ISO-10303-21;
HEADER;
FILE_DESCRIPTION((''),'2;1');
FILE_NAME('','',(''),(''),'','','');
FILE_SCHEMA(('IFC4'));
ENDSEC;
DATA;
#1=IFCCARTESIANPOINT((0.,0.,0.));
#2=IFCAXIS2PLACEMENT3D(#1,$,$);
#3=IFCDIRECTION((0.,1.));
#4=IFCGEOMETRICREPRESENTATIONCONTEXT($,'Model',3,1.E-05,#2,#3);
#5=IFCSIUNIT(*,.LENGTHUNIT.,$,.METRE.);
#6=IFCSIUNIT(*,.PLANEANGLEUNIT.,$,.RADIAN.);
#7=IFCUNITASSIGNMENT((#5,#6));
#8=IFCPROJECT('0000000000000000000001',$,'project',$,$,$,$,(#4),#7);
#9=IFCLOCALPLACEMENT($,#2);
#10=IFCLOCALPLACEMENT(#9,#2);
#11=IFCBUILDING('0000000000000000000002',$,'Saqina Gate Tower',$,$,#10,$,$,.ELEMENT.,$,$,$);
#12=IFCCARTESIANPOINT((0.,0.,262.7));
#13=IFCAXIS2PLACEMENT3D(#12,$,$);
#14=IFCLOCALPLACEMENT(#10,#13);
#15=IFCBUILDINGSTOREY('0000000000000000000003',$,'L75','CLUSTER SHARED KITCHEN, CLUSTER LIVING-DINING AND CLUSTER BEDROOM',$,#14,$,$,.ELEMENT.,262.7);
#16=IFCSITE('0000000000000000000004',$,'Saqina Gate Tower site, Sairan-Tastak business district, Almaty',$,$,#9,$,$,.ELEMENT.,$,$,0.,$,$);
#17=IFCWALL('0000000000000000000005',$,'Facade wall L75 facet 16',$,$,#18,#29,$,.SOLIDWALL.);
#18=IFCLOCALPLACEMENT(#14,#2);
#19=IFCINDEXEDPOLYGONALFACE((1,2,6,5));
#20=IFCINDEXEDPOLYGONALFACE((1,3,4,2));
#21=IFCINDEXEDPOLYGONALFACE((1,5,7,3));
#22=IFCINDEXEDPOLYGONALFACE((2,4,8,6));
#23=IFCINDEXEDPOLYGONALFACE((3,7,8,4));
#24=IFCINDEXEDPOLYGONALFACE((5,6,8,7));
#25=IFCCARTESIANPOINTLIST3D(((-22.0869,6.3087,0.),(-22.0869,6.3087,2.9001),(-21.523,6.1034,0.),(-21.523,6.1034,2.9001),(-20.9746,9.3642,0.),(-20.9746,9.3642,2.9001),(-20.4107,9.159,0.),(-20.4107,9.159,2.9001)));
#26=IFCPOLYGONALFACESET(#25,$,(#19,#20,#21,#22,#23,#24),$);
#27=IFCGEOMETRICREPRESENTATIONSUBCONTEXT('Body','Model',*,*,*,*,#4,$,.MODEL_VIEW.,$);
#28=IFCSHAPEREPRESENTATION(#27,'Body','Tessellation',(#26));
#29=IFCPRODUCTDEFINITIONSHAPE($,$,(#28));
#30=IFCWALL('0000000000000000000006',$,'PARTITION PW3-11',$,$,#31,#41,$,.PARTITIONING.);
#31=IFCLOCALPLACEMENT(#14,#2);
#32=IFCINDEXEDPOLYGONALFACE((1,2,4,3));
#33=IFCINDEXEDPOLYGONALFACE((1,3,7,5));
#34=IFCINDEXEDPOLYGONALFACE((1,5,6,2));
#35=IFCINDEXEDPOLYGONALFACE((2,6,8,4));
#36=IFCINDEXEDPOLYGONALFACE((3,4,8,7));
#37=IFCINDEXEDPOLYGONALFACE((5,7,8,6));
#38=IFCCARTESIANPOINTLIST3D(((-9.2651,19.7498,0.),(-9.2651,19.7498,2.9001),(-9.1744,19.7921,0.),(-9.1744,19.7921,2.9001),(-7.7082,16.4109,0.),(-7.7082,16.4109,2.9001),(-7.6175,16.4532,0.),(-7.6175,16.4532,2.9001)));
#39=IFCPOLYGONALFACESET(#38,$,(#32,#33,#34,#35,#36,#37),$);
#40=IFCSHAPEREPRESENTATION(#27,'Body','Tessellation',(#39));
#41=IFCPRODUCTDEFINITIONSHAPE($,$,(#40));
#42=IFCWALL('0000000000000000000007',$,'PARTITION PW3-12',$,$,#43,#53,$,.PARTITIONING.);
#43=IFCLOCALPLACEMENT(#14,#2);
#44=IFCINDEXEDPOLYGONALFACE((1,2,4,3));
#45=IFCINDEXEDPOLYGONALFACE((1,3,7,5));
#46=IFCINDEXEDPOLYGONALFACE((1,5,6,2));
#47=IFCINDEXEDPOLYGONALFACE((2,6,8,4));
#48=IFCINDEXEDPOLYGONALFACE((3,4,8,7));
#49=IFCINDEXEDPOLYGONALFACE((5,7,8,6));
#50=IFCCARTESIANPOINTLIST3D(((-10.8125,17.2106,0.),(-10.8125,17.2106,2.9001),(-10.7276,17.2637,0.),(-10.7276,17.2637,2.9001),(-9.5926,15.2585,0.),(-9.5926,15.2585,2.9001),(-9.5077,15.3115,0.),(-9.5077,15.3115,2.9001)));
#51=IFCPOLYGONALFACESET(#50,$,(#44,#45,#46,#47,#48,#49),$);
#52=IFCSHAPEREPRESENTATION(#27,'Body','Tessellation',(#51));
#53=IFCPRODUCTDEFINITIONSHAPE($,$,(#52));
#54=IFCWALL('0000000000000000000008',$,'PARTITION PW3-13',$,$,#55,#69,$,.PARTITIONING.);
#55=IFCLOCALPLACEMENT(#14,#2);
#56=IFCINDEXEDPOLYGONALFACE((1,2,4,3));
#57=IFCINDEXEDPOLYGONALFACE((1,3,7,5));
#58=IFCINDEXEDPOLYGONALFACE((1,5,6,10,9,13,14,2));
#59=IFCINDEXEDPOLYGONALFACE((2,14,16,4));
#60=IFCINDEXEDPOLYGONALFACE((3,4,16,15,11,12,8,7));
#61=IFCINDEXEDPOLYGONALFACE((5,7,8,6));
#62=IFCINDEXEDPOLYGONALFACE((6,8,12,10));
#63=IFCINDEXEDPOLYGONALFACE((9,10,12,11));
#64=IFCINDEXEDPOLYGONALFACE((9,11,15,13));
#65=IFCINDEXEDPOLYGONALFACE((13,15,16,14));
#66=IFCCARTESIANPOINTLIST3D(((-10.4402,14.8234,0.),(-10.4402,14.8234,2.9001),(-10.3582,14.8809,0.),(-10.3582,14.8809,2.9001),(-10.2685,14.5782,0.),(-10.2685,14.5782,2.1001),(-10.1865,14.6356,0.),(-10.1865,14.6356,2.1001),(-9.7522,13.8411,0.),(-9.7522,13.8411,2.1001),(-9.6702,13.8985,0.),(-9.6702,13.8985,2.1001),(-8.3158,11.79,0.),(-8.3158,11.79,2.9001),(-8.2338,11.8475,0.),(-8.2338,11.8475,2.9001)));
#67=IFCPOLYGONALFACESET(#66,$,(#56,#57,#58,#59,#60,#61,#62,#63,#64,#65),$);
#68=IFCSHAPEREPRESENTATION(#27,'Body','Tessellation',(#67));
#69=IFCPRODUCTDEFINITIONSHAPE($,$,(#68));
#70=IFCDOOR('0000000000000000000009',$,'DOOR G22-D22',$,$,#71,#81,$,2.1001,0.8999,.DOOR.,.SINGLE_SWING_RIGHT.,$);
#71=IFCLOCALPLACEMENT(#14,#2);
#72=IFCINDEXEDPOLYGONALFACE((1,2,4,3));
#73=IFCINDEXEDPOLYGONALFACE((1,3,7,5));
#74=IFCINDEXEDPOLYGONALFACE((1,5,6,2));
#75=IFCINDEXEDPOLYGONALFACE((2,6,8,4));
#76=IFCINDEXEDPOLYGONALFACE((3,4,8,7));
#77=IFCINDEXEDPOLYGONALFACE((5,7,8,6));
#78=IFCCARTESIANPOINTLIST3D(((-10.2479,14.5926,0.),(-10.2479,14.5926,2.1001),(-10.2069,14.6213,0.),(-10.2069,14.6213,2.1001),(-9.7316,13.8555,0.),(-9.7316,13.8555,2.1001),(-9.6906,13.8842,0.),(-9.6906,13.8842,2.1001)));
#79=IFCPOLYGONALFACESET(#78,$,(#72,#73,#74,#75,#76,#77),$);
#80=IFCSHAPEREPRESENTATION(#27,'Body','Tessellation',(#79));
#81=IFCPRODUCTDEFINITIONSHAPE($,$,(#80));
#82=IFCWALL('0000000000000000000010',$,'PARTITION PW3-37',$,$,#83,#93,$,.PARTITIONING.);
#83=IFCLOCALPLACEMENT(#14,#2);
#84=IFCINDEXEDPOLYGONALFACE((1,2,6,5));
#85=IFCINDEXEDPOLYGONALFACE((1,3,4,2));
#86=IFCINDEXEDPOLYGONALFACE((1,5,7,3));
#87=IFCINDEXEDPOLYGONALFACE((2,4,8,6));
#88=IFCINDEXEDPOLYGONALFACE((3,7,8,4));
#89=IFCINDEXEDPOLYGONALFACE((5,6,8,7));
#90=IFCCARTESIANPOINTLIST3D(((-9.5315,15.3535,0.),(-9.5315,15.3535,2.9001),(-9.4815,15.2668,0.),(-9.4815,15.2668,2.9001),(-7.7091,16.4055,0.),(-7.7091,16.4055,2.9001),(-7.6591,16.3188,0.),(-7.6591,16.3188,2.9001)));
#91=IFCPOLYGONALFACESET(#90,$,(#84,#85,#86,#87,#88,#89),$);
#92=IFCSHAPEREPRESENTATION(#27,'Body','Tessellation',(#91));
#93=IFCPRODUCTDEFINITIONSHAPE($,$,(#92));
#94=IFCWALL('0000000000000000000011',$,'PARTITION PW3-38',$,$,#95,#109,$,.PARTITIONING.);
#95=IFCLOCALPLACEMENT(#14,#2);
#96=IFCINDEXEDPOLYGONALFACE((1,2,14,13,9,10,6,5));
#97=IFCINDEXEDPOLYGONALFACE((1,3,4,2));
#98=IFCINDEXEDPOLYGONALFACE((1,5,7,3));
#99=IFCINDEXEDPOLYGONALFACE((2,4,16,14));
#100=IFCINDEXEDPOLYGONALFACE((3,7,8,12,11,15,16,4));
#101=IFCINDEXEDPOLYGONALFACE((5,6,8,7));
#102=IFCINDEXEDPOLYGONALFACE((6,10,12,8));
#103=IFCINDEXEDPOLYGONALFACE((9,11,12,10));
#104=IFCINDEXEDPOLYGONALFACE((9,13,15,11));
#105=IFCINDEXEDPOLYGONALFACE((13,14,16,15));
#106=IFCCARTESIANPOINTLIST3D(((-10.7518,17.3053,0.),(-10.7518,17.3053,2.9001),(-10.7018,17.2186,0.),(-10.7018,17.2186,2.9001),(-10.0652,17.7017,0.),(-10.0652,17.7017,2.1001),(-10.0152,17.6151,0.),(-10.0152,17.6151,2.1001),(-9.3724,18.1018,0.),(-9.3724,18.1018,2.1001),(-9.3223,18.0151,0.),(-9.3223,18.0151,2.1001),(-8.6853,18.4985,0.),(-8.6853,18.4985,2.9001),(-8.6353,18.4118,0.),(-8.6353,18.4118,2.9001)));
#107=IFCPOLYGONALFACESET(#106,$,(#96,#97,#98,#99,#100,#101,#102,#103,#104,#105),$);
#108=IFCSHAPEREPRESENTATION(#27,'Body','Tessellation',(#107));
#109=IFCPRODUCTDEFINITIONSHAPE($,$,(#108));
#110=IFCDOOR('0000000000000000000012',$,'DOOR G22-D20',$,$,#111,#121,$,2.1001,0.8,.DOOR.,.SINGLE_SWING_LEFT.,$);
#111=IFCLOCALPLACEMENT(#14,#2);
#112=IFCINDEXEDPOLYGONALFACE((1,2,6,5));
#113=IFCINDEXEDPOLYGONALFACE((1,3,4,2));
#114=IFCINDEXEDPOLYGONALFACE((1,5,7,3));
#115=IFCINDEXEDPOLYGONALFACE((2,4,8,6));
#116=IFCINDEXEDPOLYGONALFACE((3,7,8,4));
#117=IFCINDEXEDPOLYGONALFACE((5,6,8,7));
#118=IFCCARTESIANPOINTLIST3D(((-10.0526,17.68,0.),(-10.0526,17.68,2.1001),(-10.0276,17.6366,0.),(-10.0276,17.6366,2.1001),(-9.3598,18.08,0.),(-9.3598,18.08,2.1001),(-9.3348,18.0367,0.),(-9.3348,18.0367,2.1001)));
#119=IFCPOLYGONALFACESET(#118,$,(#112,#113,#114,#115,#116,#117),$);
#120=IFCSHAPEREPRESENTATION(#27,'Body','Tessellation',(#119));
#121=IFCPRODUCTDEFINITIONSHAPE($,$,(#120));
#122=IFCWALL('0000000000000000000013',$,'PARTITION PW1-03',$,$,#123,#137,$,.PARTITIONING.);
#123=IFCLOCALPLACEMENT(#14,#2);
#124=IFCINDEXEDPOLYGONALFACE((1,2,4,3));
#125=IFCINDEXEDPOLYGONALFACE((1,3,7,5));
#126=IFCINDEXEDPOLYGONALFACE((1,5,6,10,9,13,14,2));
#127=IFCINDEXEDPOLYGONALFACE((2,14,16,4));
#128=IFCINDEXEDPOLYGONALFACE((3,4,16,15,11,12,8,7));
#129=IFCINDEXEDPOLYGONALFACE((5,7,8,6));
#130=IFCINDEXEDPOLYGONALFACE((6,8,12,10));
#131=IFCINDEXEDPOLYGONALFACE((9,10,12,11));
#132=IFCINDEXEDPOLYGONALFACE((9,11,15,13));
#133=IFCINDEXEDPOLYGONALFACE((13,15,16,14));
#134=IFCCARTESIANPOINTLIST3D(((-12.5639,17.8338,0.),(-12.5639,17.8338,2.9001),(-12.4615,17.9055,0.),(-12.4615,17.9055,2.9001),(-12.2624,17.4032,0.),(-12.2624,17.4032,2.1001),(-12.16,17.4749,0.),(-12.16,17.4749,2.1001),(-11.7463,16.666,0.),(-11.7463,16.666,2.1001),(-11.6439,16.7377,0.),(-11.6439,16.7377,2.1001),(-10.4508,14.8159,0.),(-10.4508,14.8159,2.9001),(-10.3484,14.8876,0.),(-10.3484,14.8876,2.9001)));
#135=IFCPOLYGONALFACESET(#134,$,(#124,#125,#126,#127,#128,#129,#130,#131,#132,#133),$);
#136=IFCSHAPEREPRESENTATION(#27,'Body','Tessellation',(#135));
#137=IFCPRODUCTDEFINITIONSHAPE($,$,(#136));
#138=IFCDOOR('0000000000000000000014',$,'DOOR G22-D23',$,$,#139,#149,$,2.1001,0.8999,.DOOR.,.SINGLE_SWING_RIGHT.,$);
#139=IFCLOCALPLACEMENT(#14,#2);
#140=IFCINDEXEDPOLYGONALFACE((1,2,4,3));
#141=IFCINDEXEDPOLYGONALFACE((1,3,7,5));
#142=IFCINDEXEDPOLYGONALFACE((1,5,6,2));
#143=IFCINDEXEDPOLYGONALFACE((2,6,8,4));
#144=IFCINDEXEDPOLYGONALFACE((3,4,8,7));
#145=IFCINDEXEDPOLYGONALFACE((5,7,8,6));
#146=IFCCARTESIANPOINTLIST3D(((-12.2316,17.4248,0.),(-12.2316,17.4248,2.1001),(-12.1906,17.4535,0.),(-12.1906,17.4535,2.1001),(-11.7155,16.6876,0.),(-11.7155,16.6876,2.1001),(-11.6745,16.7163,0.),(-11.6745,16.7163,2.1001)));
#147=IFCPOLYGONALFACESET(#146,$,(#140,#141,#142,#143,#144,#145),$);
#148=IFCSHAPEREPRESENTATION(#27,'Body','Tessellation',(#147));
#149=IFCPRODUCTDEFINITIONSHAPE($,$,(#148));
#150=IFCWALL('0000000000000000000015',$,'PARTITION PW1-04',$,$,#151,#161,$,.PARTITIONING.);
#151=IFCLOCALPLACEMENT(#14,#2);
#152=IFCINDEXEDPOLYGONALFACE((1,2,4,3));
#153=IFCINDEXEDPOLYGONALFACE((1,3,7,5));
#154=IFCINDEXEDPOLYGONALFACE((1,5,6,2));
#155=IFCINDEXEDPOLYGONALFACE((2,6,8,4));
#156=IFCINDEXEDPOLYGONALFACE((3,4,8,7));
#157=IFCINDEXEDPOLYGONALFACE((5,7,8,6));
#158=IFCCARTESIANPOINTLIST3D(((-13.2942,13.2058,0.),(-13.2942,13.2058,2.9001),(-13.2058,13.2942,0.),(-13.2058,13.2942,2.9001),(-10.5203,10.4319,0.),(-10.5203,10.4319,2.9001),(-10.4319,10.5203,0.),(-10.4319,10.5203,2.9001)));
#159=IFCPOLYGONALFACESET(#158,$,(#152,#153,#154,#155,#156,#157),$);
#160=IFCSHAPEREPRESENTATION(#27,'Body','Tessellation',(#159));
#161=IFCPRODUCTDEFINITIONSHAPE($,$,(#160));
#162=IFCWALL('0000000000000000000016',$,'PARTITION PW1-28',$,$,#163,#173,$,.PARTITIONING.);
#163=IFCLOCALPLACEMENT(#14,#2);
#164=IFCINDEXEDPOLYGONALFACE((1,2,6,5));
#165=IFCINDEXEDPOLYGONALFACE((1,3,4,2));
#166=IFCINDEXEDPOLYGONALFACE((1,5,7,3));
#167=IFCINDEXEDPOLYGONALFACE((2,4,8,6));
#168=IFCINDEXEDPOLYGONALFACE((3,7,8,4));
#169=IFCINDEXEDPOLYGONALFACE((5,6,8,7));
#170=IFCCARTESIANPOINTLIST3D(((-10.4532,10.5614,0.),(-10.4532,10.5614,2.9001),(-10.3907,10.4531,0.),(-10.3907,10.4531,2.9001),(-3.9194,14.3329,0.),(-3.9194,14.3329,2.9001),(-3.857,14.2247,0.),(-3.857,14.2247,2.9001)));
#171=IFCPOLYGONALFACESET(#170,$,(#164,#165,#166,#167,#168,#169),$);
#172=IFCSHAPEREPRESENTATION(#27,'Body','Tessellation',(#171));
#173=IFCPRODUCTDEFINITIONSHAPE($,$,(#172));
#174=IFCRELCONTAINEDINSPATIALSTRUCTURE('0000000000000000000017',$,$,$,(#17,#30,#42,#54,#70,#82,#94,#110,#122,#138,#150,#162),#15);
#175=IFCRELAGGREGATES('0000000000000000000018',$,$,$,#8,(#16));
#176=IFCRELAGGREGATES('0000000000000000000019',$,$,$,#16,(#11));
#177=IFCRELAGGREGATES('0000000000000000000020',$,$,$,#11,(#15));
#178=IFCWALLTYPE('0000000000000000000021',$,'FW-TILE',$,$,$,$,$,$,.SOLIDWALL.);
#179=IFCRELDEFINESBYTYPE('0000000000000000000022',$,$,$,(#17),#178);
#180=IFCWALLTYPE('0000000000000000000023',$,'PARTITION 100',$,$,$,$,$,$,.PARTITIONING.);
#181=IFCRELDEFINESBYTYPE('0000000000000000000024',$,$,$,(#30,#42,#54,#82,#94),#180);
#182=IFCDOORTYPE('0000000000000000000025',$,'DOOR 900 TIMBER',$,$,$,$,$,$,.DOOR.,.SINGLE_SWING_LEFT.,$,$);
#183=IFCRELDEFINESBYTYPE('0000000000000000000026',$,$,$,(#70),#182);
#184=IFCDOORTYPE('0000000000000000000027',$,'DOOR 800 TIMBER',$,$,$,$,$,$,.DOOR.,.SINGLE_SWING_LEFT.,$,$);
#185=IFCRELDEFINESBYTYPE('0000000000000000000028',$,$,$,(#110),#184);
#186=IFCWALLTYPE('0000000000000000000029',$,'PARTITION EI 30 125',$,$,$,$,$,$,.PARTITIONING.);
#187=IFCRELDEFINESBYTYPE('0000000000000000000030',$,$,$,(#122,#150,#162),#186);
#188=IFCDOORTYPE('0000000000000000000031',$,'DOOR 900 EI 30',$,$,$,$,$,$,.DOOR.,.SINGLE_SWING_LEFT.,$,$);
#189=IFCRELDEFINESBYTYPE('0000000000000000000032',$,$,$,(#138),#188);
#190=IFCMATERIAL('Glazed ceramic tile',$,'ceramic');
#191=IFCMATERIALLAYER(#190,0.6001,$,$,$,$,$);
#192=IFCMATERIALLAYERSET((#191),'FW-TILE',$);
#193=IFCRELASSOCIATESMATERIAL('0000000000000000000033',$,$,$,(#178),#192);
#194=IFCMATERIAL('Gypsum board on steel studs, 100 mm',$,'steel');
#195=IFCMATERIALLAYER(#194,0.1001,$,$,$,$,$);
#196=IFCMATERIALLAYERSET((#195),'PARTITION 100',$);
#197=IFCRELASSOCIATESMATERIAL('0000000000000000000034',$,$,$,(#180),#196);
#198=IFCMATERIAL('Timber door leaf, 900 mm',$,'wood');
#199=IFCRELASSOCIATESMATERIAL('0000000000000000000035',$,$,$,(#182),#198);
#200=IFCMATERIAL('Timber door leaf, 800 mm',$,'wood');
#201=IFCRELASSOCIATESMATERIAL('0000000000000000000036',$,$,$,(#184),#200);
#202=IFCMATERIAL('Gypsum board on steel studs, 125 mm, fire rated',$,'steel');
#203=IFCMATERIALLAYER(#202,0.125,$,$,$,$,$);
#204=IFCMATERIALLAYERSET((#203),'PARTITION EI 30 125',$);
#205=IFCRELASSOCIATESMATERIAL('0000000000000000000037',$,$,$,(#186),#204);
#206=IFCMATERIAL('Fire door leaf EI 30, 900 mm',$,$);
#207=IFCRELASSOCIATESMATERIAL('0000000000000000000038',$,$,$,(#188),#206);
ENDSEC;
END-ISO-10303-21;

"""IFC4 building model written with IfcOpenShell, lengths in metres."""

from ifc_helpers import new_model, si_unit, direction, frame, frame_2d, origin, place, context, subcontext, project, spatial, rectangle, extrude, material, layer, layer_set, type_object, element, fill, save


model = new_model("IFC4")

# Units and contexts
model_context = context("Model", 3, precision=1e-05, world=origin(), true_north=direction((0.0, 1.0)))
body_context = subcontext(model_context, "Body", "Model", "MODEL_VIEW")
ifc_project = project(units=[si_unit("LENGTHUNIT", "METRE"), si_unit("PLANEANGLEUNIT", "RADIAN")], contexts=[model_context])

# Site, building, storey
site_placement = place(None, origin())
site = spatial("IfcSite", under=ifc_project, at=site_placement, Name="Saqina Gate Tower site, Sairan-Tastak business district, Almaty", CompositionType="ELEMENT", RefElevation=0.0)
building_placement = place(site_placement, origin())
building = spatial("IfcBuilding", under=site, at=building_placement, Name="Saqina Gate Tower", CompositionType="ELEMENT")
storey_placement = place(building_placement, frame((0.0, 0.0, 262.7)))
storey = spatial("IfcBuildingStorey", under=building, at=storey_placement, Name="L75", Description="CLUSTER SHARED KITCHEN, CLUSTER LIVING-DINING AND CLUSTER BEDROOM", CompositionType="ELEMENT", Elevation=262.7)

# Walls
ifc_material_1 = material(Name="Glazed ceramic tile", Category="ceramic")
ifc_layer_1 = layer(ifc_material_1, 0.6001)
ifc_layer_set_1 = layer_set([ifc_layer_1], Name="FW-TILE")
wall_type_1 = type_object("IfcWallType", Name="FW-TILE", PredefinedType="SOLIDWALL", material=ifc_layer_set_1)
wall_1_placement = place(storey_placement, frame((-20.6926, 9.2617, 0.0), z_axis=(0.0, 0.0, 1.0), x_axis=(-0.342057, -0.939679, 0.0)))
element("IfcWall", 1, at=wall_1_placement, inside=storey, type_object=wall_type_1, Name="Facade wall L75 facet 16", PredefinedType="SOLIDWALL", context=body_context, shape_type="SweptSolid", body=[
    extrude(rectangle(XDim=3.2517, YDim=0.6001, at=frame_2d((1.626, 0.0))), origin(), (0.0, 0.0, 1.0), 2.9001),
])
ifc_material_2 = material(Name="Gypsum board on steel studs, 100 mm", Category="steel")
ifc_layer_2 = layer(ifc_material_2, 0.1001)
ifc_layer_set_2 = layer_set([ifc_layer_2], Name="PARTITION 100")
wall_type_2 = type_object("IfcWallType", Name="PARTITION 100", PredefinedType="PARTITIONING", material=ifc_layer_set_2)
wall_2_placement = place(storey_placement, frame((-9.2197, 19.771, 0.0), z_axis=(0.0, 0.0, 1.0), x_axis=(0.422606, -0.906313, 0.0)))
element("IfcWall", 2, at=wall_2_placement, inside=storey, type_object=wall_type_2, Name="PARTITION PW3-11", PredefinedType="PARTITIONING", context=body_context, shape_type="SweptSolid", body=[
    extrude(rectangle(XDim=3.6841, YDim=0.1001, at=frame_2d((1.842, 0.0))), origin(), (0.0, 0.0, 1.0), 2.9001),
])
wall_3_placement = place(storey_placement, frame((-10.77, 17.2371, 0.0), z_axis=(0.0, 0.0, 1.0), x_axis=(0.529961, -0.848022, 0.0)))
element("IfcWall", 3, at=wall_3_placement, inside=storey, type_object=wall_type_2, Name="PARTITION PW3-12", PredefinedType="PARTITIONING", context=body_context, shape_type="SweptSolid", body=[
    extrude(rectangle(XDim=2.302, YDim=0.1001, at=frame_2d((1.1509, 0.0))), origin(), (0.0, 0.0, 1.0), 2.9001),
])

# Wall, opening, door
wall_4_placement = place(storey_placement, frame((-10.3992, 14.8521, 0.0), z_axis=(0.0, 0.0, 1.0), x_axis=(0.573661, -0.819093, 0.0)))
wall_4 = element("IfcWall", 4, at=wall_4_placement, inside=storey, type_object=wall_type_2, Name="PARTITION PW3-13", PredefinedType="PARTITIONING", context=body_context, shape_type="SweptSolid", body=[
    extrude(rectangle(XDim=3.7034, YDim=0.1001, at=frame_2d((1.8516, 0.0))), origin(), (0.0, 0.0, 1.0), 2.9001),
])
opening_1_placement = place(wall_4_placement, frame((0.2993, 0.0, 0.0)))
opening_1 = element("IfcOpeningElement", 5, at=opening_1_placement, cuts=wall_4, PredefinedType="OPENING", context=body_context, shape_type="SweptSolid", body=[
    extrude(rectangle(XDim=0.8999, YDim=2.1001, at=frame_2d((0.45, 1.05))), frame((0.0, 0.062, 0.0), z_axis=(0.0, -1.0, 0.0), x_axis=(1.0, 0.0, 0.0)), (0.0, 0.0, 1.0), 0.124),
])
ifc_material_3 = material(Name="Timber door leaf, 900 mm", Category="wood")
door_type_1 = type_object("IfcDoorType", Name="DOOR 900 TIMBER", OperationType="SINGLE_SWING_LEFT", PredefinedType="DOOR", material=ifc_material_3)
door_1_placement = place(opening_1_placement, frame((0.8999, 0.0, 0.0), z_axis=(0.0, 0.0, 1.0), x_axis=(-1.0, 0.0, 0.0)))
door_1 = element("IfcDoor", 6, at=door_1_placement, inside=storey, type_object=door_type_1, Name="DOOR G22-D22", OperationType="SINGLE_SWING_RIGHT", OverallHeight=2.1001, OverallWidth=0.8999, PredefinedType="DOOR", context=body_context, shape_type="SweptSolid", body=[
    extrude(rectangle(XDim=0.8999, YDim=2.1001, at=frame_2d((0.45, 1.05))), frame((0.0, 0.0249, 0.0), z_axis=(0.0, -1.0, 0.0), x_axis=(1.0, 0.0, 0.0)), (0.0, 0.0, 1.0), 0.05),
])
fill(opening_1, door_1)

# Wall
wall_5_placement = place(storey_placement, frame((-9.5066, 15.3101, 0.0), z_axis=(0.0, 0.0, 1.0), x_axis=(0.866043, 0.49997, 0.0)))
element("IfcWall", 7, at=wall_5_placement, inside=storey, type_object=wall_type_2, Name="PARTITION PW3-37", PredefinedType="PARTITIONING", context=body_context, shape_type="SweptSolid", body=[
    extrude(rectangle(XDim=2.1042, YDim=0.1001, at=frame_2d((1.0522, 0.0))), origin(), (0.0, 0.0, 1.0), 2.9001),
])

# Walls, openings, doors
wall_6_placement = place(storey_placement, frame((-10.7268, 17.262, 0.0), z_axis=(0.0, 0.0, 1.0), x_axis=(0.866012, 0.500024, 0.0)))
wall_6 = element("IfcWall", 8, at=wall_6_placement, inside=storey, type_object=wall_type_2, Name="PARTITION PW3-38", PredefinedType="PARTITIONING", context=body_context, shape_type="SweptSolid", body=[
    extrude(rectangle(XDim=2.3862, YDim=0.1001, at=frame_2d((1.1931, 0.0))), origin(), (0.0, 0.0, 1.0), 2.9001),
])
opening_2_placement = place(wall_6_placement, frame((0.793, 0.0, 0.0)))
opening_2 = element("IfcOpeningElement", 9, at=opening_2_placement, cuts=wall_6, PredefinedType="OPENING", context=body_context, shape_type="SweptSolid", body=[
    extrude(rectangle(XDim=0.8, YDim=2.1001, at=frame_2d((0.3999, 1.05))), frame((0.0, 0.062, 0.0), z_axis=(0.0, -1.0, 0.0), x_axis=(1.0, 0.0, 0.0)), (0.0, 0.0, 1.0), 0.124),
])
ifc_material_4 = material(Name="Timber door leaf, 800 mm", Category="wood")
door_type_2 = type_object("IfcDoorType", Name="DOOR 800 TIMBER", OperationType="SINGLE_SWING_LEFT", PredefinedType="DOOR", material=ifc_material_4)
door_2_placement = place(opening_2_placement, origin())
door_2 = element("IfcDoor", 10, at=door_2_placement, inside=storey, type_object=door_type_2, Name="DOOR G22-D20", OperationType="SINGLE_SWING_LEFT", OverallHeight=2.1001, OverallWidth=0.8, PredefinedType="DOOR", context=body_context, shape_type="SweptSolid", body=[
    extrude(rectangle(XDim=0.8, YDim=2.1001, at=frame_2d((0.3999, 1.05))), frame((0.0, 0.0249, 0.0), z_axis=(0.0, -1.0, 0.0), x_axis=(1.0, 0.0, 0.0)), (0.0, 0.0, 1.0), 0.05),
])
fill(opening_2, door_2)
ifc_material_5 = material(Name="Gypsum board on steel studs, 125 mm, fire rated", Category="steel")
ifc_layer_3 = layer(ifc_material_5, 0.125)
ifc_layer_set_3 = layer_set([ifc_layer_3], Name="PARTITION EI 30 125")
wall_type_3 = type_object("IfcWallType", Name="PARTITION EI 30 125", PredefinedType="PARTITIONING", material=ifc_layer_set_3)
wall_7_placement = place(storey_placement, frame((-12.5127, 17.8696, 0.0), z_axis=(0.0, 0.0, 1.0), x_axis=(0.573565, -0.81916, 0.0)))
wall_7 = element("IfcWall", 11, at=wall_7_placement, inside=storey, type_object=wall_type_3, Name="PARTITION PW1-03", PredefinedType="PARTITIONING", context=body_context, shape_type="SweptSolid", body=[
    extrude(rectangle(XDim=3.6841, YDim=0.125, at=frame_2d((1.842, 0.0))), origin(), (0.0, 0.0, 1.0), 2.9001),
])
opening_3_placement = place(wall_7_placement, frame((0.5256, 0.0, 0.0)))
opening_3 = element("IfcOpeningElement", 12, at=opening_3_placement, cuts=wall_7, PredefinedType="OPENING", context=body_context, shape_type="SweptSolid", body=[
    extrude(rectangle(XDim=0.8999, YDim=2.1001, at=frame_2d((0.45, 1.05))), frame((0.0, 0.0745, 0.0), z_axis=(0.0, -1.0, 0.0), x_axis=(1.0, 0.0, 0.0)), (0.0, 0.0, 1.0), 0.1489),
])
ifc_material_6 = material(Name="Fire door leaf EI 30, 900 mm")
door_type_3 = type_object("IfcDoorType", Name="DOOR 900 EI 30", OperationType="SINGLE_SWING_LEFT", PredefinedType="DOOR", material=ifc_material_6)
door_3_placement = place(opening_3_placement, frame((0.8999, 0.0, 0.0), z_axis=(0.0, 0.0, 1.0), x_axis=(-1.0, 0.0, 0.0)))
door_3 = element("IfcDoor", 13, at=door_3_placement, inside=storey, type_object=door_type_3, Name="DOOR G22-D23", OperationType="SINGLE_SWING_RIGHT", OverallHeight=2.1001, OverallWidth=0.8999, PredefinedType="DOOR", context=body_context, shape_type="SweptSolid", body=[
    extrude(rectangle(XDim=0.8999, YDim=2.1001, at=frame_2d((0.45, 1.05))), frame((0.0, 0.0249, 0.0), z_axis=(0.0, -1.0, 0.0), x_axis=(1.0, 0.0, 0.0)), (0.0, 0.0, 1.0), 0.05),
])
fill(opening_3, door_3)

# Walls
wall_8_placement = place(storey_placement, frame((-13.25, 13.25, 0.0), z_axis=(0.0, 0.0, 1.0), x_axis=(0.707107, -0.707107, 0.0)))
element("IfcWall", 14, at=wall_8_placement, inside=storey, type_object=wall_type_3, Name="PARTITION PW1-04", PredefinedType="PARTITIONING", context=body_context, shape_type="SweptSolid", body=[
    extrude(rectangle(XDim=3.9229, YDim=0.125, at=frame_2d((1.9614, 0.0))), origin(), (0.0, 0.0, 1.0), 2.9001),
])
wall_9_placement = place(storey_placement, frame((-10.4219, 10.5073, 0.0), z_axis=(0.0, 0.0, 1.0), x_axis=(0.866068, 0.499926, 0.0)))
element("IfcWall", 15, at=wall_9_placement, inside=storey, type_object=wall_type_3, Name="PARTITION PW1-28", PredefinedType="PARTITIONING", context=body_context, shape_type="SweptSolid", body=[
    extrude(rectangle(XDim=7.5442, YDim=0.125, at=frame_2d((3.772, 0.0))), origin(), (0.0, 0.0, 1.0), 2.9001),
])

save(model, "model.ifc")
